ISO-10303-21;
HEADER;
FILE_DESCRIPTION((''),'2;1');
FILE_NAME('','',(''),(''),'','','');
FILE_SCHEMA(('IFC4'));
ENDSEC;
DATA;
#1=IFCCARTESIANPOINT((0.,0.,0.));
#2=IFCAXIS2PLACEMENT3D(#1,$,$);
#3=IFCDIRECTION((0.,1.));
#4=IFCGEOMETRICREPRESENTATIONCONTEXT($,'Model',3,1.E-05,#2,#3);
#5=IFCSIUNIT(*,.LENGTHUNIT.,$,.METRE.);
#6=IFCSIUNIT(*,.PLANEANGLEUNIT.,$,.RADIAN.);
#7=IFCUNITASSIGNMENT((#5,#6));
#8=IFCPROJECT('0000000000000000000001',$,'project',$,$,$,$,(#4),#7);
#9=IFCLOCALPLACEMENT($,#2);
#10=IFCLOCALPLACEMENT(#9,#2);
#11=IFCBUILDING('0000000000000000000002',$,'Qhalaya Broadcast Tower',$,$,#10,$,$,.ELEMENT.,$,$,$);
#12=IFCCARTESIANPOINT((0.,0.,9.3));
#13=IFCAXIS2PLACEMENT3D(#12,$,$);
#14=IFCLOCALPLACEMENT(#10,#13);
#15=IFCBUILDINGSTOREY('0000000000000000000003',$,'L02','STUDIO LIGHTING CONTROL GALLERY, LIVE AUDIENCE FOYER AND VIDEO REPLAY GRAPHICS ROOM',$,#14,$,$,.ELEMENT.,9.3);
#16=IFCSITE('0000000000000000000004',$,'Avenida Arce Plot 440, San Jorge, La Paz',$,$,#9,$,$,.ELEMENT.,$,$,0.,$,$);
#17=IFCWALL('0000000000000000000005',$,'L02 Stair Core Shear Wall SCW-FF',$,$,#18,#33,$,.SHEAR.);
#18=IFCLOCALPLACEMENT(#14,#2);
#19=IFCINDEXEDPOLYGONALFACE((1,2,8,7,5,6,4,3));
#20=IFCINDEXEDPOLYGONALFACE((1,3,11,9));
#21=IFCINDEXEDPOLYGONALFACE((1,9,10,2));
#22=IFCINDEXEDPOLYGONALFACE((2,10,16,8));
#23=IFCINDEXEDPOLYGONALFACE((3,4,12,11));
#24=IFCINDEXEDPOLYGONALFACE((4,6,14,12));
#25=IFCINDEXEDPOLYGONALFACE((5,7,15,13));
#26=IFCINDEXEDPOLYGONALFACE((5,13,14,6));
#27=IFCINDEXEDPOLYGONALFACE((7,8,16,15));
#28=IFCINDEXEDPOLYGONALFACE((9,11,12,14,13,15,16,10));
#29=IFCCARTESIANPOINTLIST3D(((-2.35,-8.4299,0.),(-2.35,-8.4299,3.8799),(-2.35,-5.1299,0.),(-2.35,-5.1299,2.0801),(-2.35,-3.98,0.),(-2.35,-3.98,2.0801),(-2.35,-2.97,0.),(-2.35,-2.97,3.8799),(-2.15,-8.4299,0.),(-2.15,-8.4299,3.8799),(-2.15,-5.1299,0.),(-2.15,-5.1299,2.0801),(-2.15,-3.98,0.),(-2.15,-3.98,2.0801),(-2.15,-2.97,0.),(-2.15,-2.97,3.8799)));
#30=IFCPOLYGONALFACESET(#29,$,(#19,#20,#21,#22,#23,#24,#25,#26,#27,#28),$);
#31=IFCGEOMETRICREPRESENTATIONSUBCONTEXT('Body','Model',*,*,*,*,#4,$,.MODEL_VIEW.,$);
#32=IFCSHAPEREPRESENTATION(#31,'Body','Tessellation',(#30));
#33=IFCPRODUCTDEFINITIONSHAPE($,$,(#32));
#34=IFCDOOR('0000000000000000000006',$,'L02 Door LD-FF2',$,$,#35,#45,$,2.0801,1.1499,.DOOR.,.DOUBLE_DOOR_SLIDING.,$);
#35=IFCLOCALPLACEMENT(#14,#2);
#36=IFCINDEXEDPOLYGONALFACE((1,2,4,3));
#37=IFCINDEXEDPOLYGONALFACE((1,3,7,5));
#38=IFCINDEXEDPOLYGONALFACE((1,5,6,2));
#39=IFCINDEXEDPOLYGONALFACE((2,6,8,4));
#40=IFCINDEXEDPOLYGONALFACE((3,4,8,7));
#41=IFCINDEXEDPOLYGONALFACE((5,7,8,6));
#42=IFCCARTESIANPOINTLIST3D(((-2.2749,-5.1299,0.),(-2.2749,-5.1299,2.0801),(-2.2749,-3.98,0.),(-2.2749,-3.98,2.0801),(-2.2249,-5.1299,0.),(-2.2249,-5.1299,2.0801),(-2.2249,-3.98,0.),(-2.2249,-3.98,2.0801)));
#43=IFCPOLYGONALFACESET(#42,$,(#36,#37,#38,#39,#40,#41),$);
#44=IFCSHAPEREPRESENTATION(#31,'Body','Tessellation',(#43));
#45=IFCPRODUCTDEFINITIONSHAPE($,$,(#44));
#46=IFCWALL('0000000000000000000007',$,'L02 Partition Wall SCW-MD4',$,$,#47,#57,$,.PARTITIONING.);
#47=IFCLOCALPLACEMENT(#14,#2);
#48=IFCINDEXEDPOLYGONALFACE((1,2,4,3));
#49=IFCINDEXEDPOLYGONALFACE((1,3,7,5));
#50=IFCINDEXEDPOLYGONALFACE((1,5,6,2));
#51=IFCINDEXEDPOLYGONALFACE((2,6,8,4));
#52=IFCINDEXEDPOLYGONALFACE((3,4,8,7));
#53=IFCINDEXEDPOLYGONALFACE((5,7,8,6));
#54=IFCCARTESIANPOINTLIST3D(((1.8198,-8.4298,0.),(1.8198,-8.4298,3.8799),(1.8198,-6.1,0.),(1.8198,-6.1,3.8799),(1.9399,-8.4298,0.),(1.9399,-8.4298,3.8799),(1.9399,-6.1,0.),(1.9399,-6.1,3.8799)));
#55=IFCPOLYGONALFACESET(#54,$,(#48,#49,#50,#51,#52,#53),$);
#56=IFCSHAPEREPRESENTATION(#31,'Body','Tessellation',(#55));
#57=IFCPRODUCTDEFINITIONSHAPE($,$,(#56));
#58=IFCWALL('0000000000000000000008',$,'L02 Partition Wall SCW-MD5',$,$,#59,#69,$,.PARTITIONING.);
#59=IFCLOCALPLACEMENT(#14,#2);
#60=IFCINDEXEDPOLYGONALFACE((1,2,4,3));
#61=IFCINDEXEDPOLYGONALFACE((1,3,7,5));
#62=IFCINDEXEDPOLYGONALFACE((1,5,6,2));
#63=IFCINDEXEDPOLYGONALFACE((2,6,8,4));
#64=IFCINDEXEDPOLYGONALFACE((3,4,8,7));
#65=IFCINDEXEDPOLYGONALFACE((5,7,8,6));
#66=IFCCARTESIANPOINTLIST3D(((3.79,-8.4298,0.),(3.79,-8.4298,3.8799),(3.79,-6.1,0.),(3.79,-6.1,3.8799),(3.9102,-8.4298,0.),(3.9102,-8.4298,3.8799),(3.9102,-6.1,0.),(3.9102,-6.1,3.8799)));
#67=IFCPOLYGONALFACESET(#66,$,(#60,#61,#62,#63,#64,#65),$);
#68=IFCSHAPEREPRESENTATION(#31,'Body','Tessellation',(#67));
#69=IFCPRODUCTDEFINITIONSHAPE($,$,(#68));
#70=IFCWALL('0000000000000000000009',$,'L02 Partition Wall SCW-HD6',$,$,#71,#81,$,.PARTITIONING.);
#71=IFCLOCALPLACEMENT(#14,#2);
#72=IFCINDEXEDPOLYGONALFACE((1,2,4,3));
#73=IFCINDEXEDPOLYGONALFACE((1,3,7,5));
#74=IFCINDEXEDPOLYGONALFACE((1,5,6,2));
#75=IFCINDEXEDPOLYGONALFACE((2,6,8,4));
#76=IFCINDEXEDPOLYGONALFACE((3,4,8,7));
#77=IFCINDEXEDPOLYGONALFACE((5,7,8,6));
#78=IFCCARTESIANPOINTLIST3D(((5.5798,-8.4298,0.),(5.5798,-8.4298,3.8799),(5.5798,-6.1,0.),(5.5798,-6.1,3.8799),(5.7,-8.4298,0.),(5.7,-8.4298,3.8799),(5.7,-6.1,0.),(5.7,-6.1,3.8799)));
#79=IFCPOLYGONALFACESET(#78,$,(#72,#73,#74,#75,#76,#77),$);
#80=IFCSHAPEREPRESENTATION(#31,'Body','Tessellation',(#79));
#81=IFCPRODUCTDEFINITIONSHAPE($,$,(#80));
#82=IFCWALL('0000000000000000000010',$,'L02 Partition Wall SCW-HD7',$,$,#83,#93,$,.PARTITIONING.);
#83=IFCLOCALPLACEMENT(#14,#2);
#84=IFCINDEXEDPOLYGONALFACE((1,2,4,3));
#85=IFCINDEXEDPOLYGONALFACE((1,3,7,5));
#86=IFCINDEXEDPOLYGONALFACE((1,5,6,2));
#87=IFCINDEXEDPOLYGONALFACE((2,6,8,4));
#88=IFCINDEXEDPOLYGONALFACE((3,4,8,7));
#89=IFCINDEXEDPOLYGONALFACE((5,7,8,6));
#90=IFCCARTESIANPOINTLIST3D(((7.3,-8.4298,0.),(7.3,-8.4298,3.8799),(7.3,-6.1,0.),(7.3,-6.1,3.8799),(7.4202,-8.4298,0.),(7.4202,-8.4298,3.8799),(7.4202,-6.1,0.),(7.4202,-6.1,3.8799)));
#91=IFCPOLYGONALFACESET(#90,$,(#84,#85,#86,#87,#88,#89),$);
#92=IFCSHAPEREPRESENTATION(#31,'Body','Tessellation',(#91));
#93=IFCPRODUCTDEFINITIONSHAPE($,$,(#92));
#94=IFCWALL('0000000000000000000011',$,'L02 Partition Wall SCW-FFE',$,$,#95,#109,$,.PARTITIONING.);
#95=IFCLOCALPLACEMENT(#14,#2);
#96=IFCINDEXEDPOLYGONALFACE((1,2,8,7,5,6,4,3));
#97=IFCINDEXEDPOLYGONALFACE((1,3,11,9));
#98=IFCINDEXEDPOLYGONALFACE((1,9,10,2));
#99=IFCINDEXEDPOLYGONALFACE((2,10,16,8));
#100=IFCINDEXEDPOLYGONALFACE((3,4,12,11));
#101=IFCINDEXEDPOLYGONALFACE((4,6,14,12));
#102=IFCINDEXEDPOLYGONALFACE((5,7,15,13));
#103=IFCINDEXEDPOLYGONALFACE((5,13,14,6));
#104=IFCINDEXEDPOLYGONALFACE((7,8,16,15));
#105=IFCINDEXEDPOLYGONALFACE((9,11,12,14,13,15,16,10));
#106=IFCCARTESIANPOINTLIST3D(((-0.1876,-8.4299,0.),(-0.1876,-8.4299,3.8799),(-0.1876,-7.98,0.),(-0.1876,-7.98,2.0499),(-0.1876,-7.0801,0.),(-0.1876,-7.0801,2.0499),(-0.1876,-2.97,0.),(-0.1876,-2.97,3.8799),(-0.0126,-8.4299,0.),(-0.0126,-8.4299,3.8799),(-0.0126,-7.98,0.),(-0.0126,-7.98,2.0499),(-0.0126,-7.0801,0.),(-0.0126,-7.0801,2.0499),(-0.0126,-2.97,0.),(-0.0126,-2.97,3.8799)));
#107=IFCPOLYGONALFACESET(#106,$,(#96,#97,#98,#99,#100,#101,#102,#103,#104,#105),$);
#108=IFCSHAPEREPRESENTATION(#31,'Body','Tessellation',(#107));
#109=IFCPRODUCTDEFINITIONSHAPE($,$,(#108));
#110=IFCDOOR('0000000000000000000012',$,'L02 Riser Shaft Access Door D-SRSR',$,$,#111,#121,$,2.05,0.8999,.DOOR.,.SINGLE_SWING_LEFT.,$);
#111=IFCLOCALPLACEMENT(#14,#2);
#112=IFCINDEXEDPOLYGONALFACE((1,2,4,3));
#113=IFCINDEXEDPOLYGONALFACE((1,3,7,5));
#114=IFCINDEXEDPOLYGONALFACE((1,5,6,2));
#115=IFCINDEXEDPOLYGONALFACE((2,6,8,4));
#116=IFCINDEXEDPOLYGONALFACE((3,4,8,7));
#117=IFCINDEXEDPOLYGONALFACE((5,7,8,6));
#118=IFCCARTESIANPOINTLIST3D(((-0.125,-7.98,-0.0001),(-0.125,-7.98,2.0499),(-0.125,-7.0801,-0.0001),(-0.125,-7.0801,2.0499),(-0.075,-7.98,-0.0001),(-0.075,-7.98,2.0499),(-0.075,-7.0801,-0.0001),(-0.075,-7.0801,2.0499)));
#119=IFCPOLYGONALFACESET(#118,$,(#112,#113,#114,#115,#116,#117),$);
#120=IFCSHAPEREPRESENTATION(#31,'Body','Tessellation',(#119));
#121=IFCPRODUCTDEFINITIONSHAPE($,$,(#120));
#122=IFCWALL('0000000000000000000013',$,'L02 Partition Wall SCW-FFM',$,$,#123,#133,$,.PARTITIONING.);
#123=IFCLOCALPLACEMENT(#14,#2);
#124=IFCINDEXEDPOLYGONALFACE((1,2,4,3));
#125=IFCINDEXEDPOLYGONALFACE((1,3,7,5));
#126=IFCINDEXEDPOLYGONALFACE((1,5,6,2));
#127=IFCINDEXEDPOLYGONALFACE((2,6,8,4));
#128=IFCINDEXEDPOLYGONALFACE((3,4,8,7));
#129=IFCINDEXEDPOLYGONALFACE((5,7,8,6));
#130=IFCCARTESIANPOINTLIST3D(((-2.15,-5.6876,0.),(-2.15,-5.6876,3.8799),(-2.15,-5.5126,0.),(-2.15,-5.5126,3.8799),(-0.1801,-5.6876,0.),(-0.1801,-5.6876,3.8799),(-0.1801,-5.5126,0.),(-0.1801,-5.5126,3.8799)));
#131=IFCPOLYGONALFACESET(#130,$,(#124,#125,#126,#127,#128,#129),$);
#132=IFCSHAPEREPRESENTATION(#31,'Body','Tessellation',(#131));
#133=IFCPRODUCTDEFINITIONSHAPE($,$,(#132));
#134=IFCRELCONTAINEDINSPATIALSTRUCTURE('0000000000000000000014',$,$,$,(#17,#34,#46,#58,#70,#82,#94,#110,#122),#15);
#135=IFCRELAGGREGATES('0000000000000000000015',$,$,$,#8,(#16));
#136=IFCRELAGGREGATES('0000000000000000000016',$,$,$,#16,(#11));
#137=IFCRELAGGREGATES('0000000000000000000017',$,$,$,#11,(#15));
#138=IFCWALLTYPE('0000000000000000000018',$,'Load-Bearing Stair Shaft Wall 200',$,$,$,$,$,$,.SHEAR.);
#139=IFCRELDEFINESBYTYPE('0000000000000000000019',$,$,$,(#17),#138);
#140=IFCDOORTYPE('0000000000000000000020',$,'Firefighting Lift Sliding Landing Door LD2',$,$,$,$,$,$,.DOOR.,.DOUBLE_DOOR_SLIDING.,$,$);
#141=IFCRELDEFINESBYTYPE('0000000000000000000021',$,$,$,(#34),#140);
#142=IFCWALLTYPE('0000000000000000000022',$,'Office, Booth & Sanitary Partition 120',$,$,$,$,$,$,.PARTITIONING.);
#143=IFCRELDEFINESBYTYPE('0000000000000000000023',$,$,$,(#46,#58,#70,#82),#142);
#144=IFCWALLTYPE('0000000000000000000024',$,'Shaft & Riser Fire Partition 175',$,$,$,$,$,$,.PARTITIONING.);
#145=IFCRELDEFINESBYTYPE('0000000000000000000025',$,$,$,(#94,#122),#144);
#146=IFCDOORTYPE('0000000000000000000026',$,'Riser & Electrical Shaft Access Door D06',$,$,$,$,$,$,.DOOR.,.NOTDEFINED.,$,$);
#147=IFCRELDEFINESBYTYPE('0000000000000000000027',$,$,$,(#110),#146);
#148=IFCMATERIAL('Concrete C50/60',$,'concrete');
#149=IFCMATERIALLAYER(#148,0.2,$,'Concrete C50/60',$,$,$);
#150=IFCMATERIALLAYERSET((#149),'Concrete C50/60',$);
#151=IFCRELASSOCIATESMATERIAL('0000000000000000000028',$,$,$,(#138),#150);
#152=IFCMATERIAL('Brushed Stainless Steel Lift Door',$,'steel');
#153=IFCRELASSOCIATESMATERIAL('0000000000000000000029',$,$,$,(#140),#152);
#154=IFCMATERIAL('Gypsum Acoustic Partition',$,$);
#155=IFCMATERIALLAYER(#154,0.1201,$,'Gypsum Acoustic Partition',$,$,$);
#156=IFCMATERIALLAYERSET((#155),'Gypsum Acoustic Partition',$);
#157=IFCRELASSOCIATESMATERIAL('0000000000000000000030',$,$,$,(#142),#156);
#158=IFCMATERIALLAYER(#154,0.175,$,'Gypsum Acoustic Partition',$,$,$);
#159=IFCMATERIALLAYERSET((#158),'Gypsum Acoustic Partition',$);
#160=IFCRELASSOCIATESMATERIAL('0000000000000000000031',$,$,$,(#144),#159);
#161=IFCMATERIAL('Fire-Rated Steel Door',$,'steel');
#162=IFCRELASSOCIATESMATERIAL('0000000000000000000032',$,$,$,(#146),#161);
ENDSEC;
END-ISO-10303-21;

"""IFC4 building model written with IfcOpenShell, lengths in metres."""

from ifc_helpers import new_model, si_unit, direction, frame, frame_2d, origin, place, context, subcontext, project, spatial, rectangle, extrude, material, layer, layer_set, type_object, element, fill, save


model = new_model("IFC4")

# Units and contexts
model_context = context("Model", 3, precision=1e-05, world=origin(), true_north=direction((0.0, 1.0)))
body_context = subcontext(model_context, "Body", "Model", "MODEL_VIEW")
ifc_project = project(units=[si_unit("LENGTHUNIT", "METRE"), si_unit("PLANEANGLEUNIT", "RADIAN")], contexts=[model_context])

# Site, building, storey
site_placement = place(None, origin())
site = spatial("IfcSite", under=ifc_project, at=site_placement, Name="Avenida Arce Plot 440, San Jorge, La Paz", CompositionType="ELEMENT", RefElevation=0.0)
building_placement = place(site_placement, origin())
building = spatial("IfcBuilding", under=site, at=building_placement, Name="Qhalaya Broadcast Tower", CompositionType="ELEMENT")
storey_placement = place(building_placement, frame((0.0, 0.0, 9.3)))
storey = spatial("IfcBuildingStorey", under=building, at=storey_placement, Name="L02", Description="STUDIO LIGHTING CONTROL GALLERY, LIVE AUDIENCE FOYER AND VIDEO REPLAY GRAPHICS ROOM", CompositionType="ELEMENT", Elevation=9.3)

# Shared definitions
ifc_material_1 = material(Name="Concrete C50/60", Category="concrete")

# Shared definitions
ifc_material_2 = material(Name="Gypsum Acoustic Partition")

# Wall, opening, door
ifc_layer_1 = layer(ifc_material_1, 0.2, Name="Concrete C50/60")
ifc_layer_set_1 = layer_set([ifc_layer_1], Name="Concrete C50/60")
wall_type_1 = type_object("IfcWallType", Name="Load-Bearing Stair Shaft Wall 200", PredefinedType="SHEAR", material=ifc_layer_set_1)
wall_1_placement = place(storey_placement, frame((-2.25, -8.4299, 0.0), z_axis=(0.0, 0.0, 1.0), x_axis=(0.0, 1.0, 0.0)))
wall_1 = element("IfcWall", 1, at=wall_1_placement, inside=storey, type_object=wall_type_1, Name="L02 Stair Core Shear Wall SCW-FF", PredefinedType="SHEAR", context=body_context, shape_type="SweptSolid", body=[
    extrude(rectangle(XDim=5.46, YDim=0.2, at=frame_2d((2.73, 0.0))), origin(), (0.0, 0.0, 1.0), 3.8799),
])
opening_1_placement = place(wall_1_placement, frame((3.3, 0.0, 0.0)))
opening_1 = element("IfcOpeningElement", 2, at=opening_1_placement, cuts=wall_1, PredefinedType="OPENING", context=body_context, shape_type="SweptSolid", body=[
    extrude(rectangle(XDim=1.1499, YDim=2.0801, at=frame_2d((0.575, 1.04))), frame((0.0, 0.1121, 0.0), z_axis=(0.0, -1.0, 0.0), x_axis=(1.0, 0.0, 0.0)), (0.0, 0.0, 1.0), 0.2239),
])
ifc_material_3 = material(Name="Brushed Stainless Steel Lift Door", Category="steel")
door_type_1 = type_object("IfcDoorType", Name="Firefighting Lift Sliding Landing Door LD2", OperationType="DOUBLE_DOOR_SLIDING", PredefinedType="DOOR", material=ifc_material_3)
door_1_placement = place(opening_1_placement, origin())
door_1 = element("IfcDoor", 3, at=door_1_placement, inside=storey, type_object=door_type_1, Name="L02 Door LD-FF2", OperationType="DOUBLE_DOOR_SLIDING", OverallHeight=2.0801, OverallWidth=1.1499, PredefinedType="DOOR", context=body_context, shape_type="SweptSolid", body=[
    extrude(rectangle(XDim=1.1499, YDim=2.0801, at=frame_2d((0.575, 1.04))), frame((0.0, 0.0249, 0.0), z_axis=(0.0, -1.0, 0.0), x_axis=(1.0, 0.0, 0.0)), (0.0, 0.0, 1.0), 0.05),
])
fill(opening_1, door_1)

# Walls
ifc_layer_2 = layer(ifc_material_2, 0.1201, Name="Gypsum Acoustic Partition")
ifc_layer_set_2 = layer_set([ifc_layer_2], Name="Gypsum Acoustic Partition")
wall_type_2 = type_object("IfcWallType", Name="Office, Booth & Sanitary Partition 120", PredefinedType="PARTITIONING", material=ifc_layer_set_2)
for number, where, z_axis, x_axis, name in (
    (4, (1.8799, -8.4299, 0.0), (0.0, 0.0, 1.0), (0.0, 1.0, 0.0), "L02 Partition Wall SCW-MD4"),
    (5, (3.8501, -8.4299, 0.0), (0.0, 0.0, 1.0), (0.0, 1.0, 0.0), "L02 Partition Wall SCW-MD5"),
    (6, (5.6399, -8.4299, 0.0), (0.0, 0.0, 1.0), (0.0, 1.0, 0.0), "L02 Partition Wall SCW-HD6"),
    (7, (7.3601, -8.4299, 0.0), (0.0, 0.0, 1.0), (0.0, 1.0, 0.0), "L02 Partition Wall SCW-HD7"),
):
    element("IfcWall", number, at=place(storey_placement, frame(where, z_axis=z_axis, x_axis=x_axis)), inside=storey, type_object=wall_type_2, Name=name, PredefinedType="PARTITIONING", context=body_context, shape_type="SweptSolid", body=[
        extrude(rectangle(XDim=2.3298, YDim=0.1201, at=frame_2d((1.165, 0.0))), origin(), (0.0, 0.0, 1.0), 3.8799),
    ])

# Wall, opening, door
ifc_layer_3 = layer(ifc_material_2, 0.175, Name="Gypsum Acoustic Partition")
ifc_layer_set_3 = layer_set([ifc_layer_3], Name="Gypsum Acoustic Partition")
wall_type_3 = type_object("IfcWallType", Name="Shaft & Riser Fire Partition 175", PredefinedType="PARTITIONING", material=ifc_layer_set_3)
wall_2_placement = place(storey_placement, frame((-0.1001, -8.4299, 0.0), z_axis=(0.0, 0.0, 1.0), x_axis=(0.0, 1.0, 0.0)))
wall_2 = element("IfcWall", 8, at=wall_2_placement, inside=storey, type_object=wall_type_3, Name="L02 Partition Wall SCW-FFE", PredefinedType="PARTITIONING", context=body_context, shape_type="SweptSolid", body=[
    extrude(rectangle(XDim=5.46, YDim=0.175, at=frame_2d((2.73, 0.0))), origin(), (0.0, 0.0, 1.0), 3.8799),
])
opening_2_placement = place(wall_2_placement, frame((0.45, 0.0, 0.0)))
opening_2 = element("IfcOpeningElement", 9, at=opening_2_placement, cuts=wall_2, PredefinedType="OPENING", context=body_context, shape_type="SweptSolid", body=[
    extrude(rectangle(XDim=0.8999, YDim=2.05, at=frame_2d((0.45, 1.0249))), frame((0.0, 0.0996, 0.0), z_axis=(0.0, -1.0, 0.0), x_axis=(1.0, 0.0, 0.0)), (0.0, 0.0, 1.0), 0.199),
])
ifc_material_4 = material(Name="Fire-Rated Steel Door", Category="steel")
door_type_2 = type_object("IfcDoorType", Name="Riser & Electrical Shaft Access Door D06", OperationType="NOTDEFINED", PredefinedType="DOOR", material=ifc_material_4)
door_2_placement = place(opening_2_placement, origin())
door_2 = element("IfcDoor", 10, at=door_2_placement, inside=storey, type_object=door_type_2, Name="L02 Riser Shaft Access Door D-SRSR", OperationType="SINGLE_SWING_LEFT", OverallHeight=2.05, OverallWidth=0.8999, PredefinedType="DOOR", context=body_context, shape_type="SweptSolid", body=[
    extrude(rectangle(XDim=0.8999, YDim=2.05, at=frame_2d((0.45, 1.0249))), frame((0.0, 0.0249, 0.0), z_axis=(0.0, -1.0, 0.0), x_axis=(1.0, 0.0, 0.0)), (0.0, 0.0, 1.0), 0.05),
])
fill(opening_2, door_2)

# Wall
wall_3_placement = place(storey_placement, frame((-2.1499, -5.6001, 0.0), z_axis=(0.0, 0.0, 1.0), x_axis=(1.0, 0.0, 0.0)))
element("IfcWall", 11, at=wall_3_placement, inside=storey, type_object=wall_type_3, Name="L02 Partition Wall SCW-FFM", PredefinedType="PARTITIONING", context=body_context, shape_type="SweptSolid", body=[
    extrude(rectangle(XDim=1.97, YDim=0.175, at=frame_2d((0.9849, 0.0))), origin(), (0.0, 0.0, 1.0), 3.8799),
])

save(model, "model.ifc")
